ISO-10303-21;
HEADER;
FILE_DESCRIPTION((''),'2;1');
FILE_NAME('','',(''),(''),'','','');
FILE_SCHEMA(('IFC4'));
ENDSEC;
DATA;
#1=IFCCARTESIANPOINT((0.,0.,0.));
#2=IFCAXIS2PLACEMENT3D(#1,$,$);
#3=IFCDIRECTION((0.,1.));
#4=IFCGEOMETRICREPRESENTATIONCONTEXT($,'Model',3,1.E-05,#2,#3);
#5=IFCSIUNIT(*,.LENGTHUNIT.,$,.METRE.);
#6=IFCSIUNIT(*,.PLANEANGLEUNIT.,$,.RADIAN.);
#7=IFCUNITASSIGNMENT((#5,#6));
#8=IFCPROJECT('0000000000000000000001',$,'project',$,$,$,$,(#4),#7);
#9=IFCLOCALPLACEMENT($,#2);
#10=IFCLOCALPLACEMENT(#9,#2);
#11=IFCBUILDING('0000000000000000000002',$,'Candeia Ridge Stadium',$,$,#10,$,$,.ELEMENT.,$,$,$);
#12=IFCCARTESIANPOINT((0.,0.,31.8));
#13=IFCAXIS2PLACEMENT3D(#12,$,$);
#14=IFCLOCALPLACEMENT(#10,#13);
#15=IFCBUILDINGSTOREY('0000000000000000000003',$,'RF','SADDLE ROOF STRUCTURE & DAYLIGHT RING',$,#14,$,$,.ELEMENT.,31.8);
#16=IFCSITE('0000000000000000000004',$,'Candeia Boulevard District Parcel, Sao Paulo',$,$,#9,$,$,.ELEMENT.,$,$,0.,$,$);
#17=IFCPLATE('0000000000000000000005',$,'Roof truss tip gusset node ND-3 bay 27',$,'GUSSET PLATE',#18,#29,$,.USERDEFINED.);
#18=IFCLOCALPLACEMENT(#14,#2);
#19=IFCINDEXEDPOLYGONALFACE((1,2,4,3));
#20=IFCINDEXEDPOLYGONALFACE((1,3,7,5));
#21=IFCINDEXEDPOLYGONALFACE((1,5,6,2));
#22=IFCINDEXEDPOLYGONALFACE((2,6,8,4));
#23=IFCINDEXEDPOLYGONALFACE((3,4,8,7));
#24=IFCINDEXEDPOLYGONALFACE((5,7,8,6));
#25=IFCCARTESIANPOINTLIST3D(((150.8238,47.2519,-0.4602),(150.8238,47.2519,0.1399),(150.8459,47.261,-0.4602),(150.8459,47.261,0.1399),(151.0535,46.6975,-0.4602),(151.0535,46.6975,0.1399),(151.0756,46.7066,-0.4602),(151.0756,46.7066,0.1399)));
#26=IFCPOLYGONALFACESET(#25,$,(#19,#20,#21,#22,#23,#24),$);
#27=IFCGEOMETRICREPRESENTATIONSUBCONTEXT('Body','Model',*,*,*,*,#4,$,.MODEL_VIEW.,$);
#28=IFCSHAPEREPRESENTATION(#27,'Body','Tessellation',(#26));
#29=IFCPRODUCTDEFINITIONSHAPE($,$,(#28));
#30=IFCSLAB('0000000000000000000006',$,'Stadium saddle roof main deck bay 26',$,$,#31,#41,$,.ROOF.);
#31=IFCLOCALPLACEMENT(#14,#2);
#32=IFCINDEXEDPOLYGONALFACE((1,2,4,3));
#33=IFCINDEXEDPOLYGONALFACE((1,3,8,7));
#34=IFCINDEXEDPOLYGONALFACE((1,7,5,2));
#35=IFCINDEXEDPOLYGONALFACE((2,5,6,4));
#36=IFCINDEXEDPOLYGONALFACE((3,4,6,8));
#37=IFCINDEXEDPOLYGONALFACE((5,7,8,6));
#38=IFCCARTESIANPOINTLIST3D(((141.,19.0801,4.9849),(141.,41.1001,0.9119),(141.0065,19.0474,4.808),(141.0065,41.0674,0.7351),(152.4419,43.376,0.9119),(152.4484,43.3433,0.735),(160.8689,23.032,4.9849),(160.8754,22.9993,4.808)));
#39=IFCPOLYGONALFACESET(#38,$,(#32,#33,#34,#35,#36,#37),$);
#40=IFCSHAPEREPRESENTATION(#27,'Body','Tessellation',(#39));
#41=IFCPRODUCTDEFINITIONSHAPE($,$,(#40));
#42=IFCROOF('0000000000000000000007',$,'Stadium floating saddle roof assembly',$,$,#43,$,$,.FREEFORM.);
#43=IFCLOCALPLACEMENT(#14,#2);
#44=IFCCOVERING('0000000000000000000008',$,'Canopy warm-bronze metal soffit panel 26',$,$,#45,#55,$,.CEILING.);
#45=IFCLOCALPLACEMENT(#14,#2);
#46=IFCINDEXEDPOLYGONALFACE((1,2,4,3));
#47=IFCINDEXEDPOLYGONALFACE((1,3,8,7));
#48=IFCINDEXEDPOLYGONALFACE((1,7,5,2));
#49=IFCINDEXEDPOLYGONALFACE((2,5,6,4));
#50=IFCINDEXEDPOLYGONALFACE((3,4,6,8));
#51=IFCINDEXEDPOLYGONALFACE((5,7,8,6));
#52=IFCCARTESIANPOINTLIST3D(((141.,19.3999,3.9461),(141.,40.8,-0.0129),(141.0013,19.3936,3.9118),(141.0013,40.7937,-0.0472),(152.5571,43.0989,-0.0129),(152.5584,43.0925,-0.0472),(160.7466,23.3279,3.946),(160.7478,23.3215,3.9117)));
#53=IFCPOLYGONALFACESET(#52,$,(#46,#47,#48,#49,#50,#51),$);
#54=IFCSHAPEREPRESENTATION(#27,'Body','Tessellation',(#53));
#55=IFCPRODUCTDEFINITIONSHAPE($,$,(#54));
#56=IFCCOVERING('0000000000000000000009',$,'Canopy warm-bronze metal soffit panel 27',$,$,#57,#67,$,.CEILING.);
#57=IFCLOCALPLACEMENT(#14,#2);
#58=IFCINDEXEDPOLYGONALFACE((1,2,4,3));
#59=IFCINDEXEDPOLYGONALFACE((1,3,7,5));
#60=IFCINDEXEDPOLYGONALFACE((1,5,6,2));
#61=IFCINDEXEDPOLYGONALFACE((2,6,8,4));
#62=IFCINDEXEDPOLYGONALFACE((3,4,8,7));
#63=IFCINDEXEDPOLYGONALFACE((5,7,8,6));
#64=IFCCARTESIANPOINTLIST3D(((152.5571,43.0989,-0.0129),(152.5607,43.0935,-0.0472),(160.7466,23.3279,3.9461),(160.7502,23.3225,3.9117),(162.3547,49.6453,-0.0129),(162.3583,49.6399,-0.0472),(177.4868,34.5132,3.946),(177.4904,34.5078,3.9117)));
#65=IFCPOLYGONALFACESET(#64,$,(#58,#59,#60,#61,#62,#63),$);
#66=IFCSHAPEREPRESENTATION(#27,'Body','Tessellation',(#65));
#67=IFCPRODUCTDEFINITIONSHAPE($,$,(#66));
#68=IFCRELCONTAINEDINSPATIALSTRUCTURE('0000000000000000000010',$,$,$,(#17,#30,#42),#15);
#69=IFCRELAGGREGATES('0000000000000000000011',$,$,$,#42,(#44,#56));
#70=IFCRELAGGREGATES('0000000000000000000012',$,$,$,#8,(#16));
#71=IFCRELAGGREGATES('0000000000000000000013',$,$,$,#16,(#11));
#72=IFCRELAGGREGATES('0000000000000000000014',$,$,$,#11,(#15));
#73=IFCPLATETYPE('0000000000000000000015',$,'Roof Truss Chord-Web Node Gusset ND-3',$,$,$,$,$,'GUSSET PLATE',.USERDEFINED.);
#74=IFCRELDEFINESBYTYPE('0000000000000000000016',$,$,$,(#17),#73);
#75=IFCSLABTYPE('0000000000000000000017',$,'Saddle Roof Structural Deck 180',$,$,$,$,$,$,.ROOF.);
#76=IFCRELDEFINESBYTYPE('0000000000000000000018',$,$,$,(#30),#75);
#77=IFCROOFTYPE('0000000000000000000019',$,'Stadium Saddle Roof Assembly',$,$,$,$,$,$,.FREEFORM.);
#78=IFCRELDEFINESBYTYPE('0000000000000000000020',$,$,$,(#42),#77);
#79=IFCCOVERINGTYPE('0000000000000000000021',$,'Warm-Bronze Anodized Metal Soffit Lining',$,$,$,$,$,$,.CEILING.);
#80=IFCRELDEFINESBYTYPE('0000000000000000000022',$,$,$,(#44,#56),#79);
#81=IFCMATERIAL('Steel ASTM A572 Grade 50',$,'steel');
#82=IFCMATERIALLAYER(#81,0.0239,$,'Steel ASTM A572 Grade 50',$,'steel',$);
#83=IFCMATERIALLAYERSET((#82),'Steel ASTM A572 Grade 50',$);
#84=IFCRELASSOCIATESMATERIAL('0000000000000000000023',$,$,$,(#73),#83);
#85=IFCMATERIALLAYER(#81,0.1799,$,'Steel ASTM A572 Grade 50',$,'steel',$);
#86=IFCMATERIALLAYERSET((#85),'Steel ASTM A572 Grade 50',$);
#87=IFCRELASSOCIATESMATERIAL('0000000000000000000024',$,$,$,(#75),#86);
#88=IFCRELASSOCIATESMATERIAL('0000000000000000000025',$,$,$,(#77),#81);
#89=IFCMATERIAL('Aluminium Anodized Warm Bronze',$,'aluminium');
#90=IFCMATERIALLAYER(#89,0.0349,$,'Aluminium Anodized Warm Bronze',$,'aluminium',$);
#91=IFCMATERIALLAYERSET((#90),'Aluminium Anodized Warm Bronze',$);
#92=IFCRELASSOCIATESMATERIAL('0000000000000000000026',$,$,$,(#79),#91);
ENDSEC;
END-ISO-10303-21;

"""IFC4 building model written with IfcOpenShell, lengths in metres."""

from ifc_helpers import new_model, si_unit, direction, frame, origin, origin_2d, place, context, subcontext, project, spatial, polyline, rectangle, outline, extrude, material, layer, layer_set, type_object, element, aggregate, save


model = new_model("IFC4")

# Units and contexts
model_context = context("Model", 3, precision=1e-05, world=origin(), true_north=direction((0.0, 1.0)))
body_context = subcontext(model_context, "Body", "Model", "MODEL_VIEW")
ifc_project = project(units=[si_unit("LENGTHUNIT", "METRE"), si_unit("PLANEANGLEUNIT", "RADIAN")], contexts=[model_context])

# Site, building, storey
site_placement = place(None, origin())
site = spatial("IfcSite", under=ifc_project, at=site_placement, Name="Candeia Boulevard District Parcel, Sao Paulo", CompositionType="ELEMENT", RefElevation=0.0)
building_placement = place(site_placement, origin())
building = spatial("IfcBuilding", under=site, at=building_placement, Name="Candeia Ridge Stadium", CompositionType="ELEMENT")
storey_placement = place(building_placement, frame((0.0, 0.0, 31.8)))
storey = spatial("IfcBuildingStorey", under=building, at=storey_placement, Name="RF", Description="SADDLE ROOF STRUCTURE & DAYLIGHT RING", CompositionType="ELEMENT", Elevation=31.8)

# Shared definitions
ifc_material_1 = material(Name="Steel ASTM A572 Grade 50", Category="steel")

# Plate
ifc_layer_1 = layer(ifc_material_1, 0.0239, Name="Steel ASTM A572 Grade 50", Category="steel")
ifc_layer_set_1 = layer_set([ifc_layer_1], Name="Steel ASTM A572 Grade 50")
plate_type_1 = type_object("IfcPlateType", Name="Roof Truss Chord-Web Node Gusset ND-3", ElementType="GUSSET PLATE", PredefinedType="USERDEFINED", material=ifc_layer_set_1)
for number, where, z_axis, x_axis, name in (
    (1, (150.9497, 46.9792, -0.4602), (0.0, 0.0, 1.0), (0.382683, -0.92388, 0.0), "Roof truss tip gusset node ND-3 bay 27"),
):
    element("IfcPlate", number, at=place(storey_placement, frame(where, z_axis=z_axis, x_axis=x_axis)), inside=storey, type_object=plate_type_1, Name=name, ObjectType="GUSSET PLATE", PredefinedType="USERDEFINED", context=body_context, shape_type="SweptSolid", body=[
        extrude(rectangle(XDim=0.6001, YDim=0.0239, at=origin_2d()), origin(), (0.0, 0.0, 1.0), 0.6001),
    ])

# Slab
ifc_layer_2 = layer(ifc_material_1, 0.1799, Name="Steel ASTM A572 Grade 50", Category="steel")
ifc_layer_set_2 = layer_set([ifc_layer_2], Name="Steel ASTM A572 Grade 50")
slab_type = type_object("IfcSlabType", Name="Saddle Roof Structural Deck 180", PredefinedType="ROOF", material=ifc_layer_set_2)
slab_1_placement = place(storey_placement, frame((141.0, 41.1001, 0.9119), z_axis=(-0.036153, 0.181763, 0.982677), x_axis=(0.980786, 0.195086, -0.000001)))
element("IfcSlab", 2, at=slab_1_placement, inside=storey, type_object=slab_type, Name="Stadium saddle roof main deck bay 26", PredefinedType="ROOF", context=body_context, shape_type="SweptSolid", body=[
    extrude(outline(polyline([(0.0, 0.0), (11.666, 0.0), (15.9623, -21.9778), (-4.2958, -21.9776), (0.0, 0.0)])), origin(), (0.0, 0.0, -1.0), 0.1799),
])

# Roof, coverings
roof_type = type_object("IfcRoofType", Name="Stadium Saddle Roof Assembly", PredefinedType="FREEFORM", material=ifc_material_1)
roof_placement = place(storey_placement, origin())
roof = element("IfcRoof", 3, at=roof_placement, inside=storey, type_object=roof_type, Name="Stadium floating saddle roof assembly", PredefinedType="FREEFORM")
ifc_material_2 = material(Name="Aluminium Anodized Warm Bronze", Category="aluminium")
ifc_layer_3 = layer(ifc_material_2, 0.0349, Name="Aluminium Anodized Warm Bronze", Category="aluminium")
ifc_layer_set_3 = layer_set([ifc_layer_3], Name="Aluminium Anodized Warm Bronze")
covering_type = type_object("IfcCoveringType", Name="Warm-Bronze Anodized Metal Soffit Lining", PredefinedType="CEILING", material=ifc_layer_set_3)
covering_1_placement = place(storey_placement, frame((141.0, 40.8, -0.0129), z_axis=(-0.036162, 0.181793, 0.982672), x_axis=(0.980786, 0.195088, 0.000001)))
covering_1 = element("IfcCovering", 4, at=covering_1_placement, type_object=covering_type, Name="Canopy warm-bronze metal soffit panel 26", PredefinedType="CEILING", context=body_context, shape_type="SweptSolid", body=[
    extrude(outline(polyline([(0.0, 0.0), (11.7835, 0.0), (15.9586, -21.3589), (-4.1749, -21.3591), (0.0, 0.0)])), origin(), (0.0, 0.0, -1.0), 0.0349),
])
covering_2_placement = place(storey_placement, frame((152.5571, 43.0989, -0.0129), z_axis=(-0.102976, 0.154118, 0.982672), x_axis=(0.831476, 0.555561, 0.000001)))
covering_2 = element("IfcCovering", 5, at=covering_2_placement, type_object=covering_type, Name="Canopy warm-bronze metal soffit panel 27", PredefinedType="CEILING", context=body_context, shape_type="SweptSolid", body=[
    extrude(outline(polyline([(0.0, 0.0), (11.7834, 0.0), (15.9586, -21.3589), (-4.1747, -21.359), (0.0, 0.0)])), origin(), (0.0, 0.0, -1.0), 0.0349),
])
aggregate(roof, [covering_1, covering_2])

save(model, "model.ifc")
